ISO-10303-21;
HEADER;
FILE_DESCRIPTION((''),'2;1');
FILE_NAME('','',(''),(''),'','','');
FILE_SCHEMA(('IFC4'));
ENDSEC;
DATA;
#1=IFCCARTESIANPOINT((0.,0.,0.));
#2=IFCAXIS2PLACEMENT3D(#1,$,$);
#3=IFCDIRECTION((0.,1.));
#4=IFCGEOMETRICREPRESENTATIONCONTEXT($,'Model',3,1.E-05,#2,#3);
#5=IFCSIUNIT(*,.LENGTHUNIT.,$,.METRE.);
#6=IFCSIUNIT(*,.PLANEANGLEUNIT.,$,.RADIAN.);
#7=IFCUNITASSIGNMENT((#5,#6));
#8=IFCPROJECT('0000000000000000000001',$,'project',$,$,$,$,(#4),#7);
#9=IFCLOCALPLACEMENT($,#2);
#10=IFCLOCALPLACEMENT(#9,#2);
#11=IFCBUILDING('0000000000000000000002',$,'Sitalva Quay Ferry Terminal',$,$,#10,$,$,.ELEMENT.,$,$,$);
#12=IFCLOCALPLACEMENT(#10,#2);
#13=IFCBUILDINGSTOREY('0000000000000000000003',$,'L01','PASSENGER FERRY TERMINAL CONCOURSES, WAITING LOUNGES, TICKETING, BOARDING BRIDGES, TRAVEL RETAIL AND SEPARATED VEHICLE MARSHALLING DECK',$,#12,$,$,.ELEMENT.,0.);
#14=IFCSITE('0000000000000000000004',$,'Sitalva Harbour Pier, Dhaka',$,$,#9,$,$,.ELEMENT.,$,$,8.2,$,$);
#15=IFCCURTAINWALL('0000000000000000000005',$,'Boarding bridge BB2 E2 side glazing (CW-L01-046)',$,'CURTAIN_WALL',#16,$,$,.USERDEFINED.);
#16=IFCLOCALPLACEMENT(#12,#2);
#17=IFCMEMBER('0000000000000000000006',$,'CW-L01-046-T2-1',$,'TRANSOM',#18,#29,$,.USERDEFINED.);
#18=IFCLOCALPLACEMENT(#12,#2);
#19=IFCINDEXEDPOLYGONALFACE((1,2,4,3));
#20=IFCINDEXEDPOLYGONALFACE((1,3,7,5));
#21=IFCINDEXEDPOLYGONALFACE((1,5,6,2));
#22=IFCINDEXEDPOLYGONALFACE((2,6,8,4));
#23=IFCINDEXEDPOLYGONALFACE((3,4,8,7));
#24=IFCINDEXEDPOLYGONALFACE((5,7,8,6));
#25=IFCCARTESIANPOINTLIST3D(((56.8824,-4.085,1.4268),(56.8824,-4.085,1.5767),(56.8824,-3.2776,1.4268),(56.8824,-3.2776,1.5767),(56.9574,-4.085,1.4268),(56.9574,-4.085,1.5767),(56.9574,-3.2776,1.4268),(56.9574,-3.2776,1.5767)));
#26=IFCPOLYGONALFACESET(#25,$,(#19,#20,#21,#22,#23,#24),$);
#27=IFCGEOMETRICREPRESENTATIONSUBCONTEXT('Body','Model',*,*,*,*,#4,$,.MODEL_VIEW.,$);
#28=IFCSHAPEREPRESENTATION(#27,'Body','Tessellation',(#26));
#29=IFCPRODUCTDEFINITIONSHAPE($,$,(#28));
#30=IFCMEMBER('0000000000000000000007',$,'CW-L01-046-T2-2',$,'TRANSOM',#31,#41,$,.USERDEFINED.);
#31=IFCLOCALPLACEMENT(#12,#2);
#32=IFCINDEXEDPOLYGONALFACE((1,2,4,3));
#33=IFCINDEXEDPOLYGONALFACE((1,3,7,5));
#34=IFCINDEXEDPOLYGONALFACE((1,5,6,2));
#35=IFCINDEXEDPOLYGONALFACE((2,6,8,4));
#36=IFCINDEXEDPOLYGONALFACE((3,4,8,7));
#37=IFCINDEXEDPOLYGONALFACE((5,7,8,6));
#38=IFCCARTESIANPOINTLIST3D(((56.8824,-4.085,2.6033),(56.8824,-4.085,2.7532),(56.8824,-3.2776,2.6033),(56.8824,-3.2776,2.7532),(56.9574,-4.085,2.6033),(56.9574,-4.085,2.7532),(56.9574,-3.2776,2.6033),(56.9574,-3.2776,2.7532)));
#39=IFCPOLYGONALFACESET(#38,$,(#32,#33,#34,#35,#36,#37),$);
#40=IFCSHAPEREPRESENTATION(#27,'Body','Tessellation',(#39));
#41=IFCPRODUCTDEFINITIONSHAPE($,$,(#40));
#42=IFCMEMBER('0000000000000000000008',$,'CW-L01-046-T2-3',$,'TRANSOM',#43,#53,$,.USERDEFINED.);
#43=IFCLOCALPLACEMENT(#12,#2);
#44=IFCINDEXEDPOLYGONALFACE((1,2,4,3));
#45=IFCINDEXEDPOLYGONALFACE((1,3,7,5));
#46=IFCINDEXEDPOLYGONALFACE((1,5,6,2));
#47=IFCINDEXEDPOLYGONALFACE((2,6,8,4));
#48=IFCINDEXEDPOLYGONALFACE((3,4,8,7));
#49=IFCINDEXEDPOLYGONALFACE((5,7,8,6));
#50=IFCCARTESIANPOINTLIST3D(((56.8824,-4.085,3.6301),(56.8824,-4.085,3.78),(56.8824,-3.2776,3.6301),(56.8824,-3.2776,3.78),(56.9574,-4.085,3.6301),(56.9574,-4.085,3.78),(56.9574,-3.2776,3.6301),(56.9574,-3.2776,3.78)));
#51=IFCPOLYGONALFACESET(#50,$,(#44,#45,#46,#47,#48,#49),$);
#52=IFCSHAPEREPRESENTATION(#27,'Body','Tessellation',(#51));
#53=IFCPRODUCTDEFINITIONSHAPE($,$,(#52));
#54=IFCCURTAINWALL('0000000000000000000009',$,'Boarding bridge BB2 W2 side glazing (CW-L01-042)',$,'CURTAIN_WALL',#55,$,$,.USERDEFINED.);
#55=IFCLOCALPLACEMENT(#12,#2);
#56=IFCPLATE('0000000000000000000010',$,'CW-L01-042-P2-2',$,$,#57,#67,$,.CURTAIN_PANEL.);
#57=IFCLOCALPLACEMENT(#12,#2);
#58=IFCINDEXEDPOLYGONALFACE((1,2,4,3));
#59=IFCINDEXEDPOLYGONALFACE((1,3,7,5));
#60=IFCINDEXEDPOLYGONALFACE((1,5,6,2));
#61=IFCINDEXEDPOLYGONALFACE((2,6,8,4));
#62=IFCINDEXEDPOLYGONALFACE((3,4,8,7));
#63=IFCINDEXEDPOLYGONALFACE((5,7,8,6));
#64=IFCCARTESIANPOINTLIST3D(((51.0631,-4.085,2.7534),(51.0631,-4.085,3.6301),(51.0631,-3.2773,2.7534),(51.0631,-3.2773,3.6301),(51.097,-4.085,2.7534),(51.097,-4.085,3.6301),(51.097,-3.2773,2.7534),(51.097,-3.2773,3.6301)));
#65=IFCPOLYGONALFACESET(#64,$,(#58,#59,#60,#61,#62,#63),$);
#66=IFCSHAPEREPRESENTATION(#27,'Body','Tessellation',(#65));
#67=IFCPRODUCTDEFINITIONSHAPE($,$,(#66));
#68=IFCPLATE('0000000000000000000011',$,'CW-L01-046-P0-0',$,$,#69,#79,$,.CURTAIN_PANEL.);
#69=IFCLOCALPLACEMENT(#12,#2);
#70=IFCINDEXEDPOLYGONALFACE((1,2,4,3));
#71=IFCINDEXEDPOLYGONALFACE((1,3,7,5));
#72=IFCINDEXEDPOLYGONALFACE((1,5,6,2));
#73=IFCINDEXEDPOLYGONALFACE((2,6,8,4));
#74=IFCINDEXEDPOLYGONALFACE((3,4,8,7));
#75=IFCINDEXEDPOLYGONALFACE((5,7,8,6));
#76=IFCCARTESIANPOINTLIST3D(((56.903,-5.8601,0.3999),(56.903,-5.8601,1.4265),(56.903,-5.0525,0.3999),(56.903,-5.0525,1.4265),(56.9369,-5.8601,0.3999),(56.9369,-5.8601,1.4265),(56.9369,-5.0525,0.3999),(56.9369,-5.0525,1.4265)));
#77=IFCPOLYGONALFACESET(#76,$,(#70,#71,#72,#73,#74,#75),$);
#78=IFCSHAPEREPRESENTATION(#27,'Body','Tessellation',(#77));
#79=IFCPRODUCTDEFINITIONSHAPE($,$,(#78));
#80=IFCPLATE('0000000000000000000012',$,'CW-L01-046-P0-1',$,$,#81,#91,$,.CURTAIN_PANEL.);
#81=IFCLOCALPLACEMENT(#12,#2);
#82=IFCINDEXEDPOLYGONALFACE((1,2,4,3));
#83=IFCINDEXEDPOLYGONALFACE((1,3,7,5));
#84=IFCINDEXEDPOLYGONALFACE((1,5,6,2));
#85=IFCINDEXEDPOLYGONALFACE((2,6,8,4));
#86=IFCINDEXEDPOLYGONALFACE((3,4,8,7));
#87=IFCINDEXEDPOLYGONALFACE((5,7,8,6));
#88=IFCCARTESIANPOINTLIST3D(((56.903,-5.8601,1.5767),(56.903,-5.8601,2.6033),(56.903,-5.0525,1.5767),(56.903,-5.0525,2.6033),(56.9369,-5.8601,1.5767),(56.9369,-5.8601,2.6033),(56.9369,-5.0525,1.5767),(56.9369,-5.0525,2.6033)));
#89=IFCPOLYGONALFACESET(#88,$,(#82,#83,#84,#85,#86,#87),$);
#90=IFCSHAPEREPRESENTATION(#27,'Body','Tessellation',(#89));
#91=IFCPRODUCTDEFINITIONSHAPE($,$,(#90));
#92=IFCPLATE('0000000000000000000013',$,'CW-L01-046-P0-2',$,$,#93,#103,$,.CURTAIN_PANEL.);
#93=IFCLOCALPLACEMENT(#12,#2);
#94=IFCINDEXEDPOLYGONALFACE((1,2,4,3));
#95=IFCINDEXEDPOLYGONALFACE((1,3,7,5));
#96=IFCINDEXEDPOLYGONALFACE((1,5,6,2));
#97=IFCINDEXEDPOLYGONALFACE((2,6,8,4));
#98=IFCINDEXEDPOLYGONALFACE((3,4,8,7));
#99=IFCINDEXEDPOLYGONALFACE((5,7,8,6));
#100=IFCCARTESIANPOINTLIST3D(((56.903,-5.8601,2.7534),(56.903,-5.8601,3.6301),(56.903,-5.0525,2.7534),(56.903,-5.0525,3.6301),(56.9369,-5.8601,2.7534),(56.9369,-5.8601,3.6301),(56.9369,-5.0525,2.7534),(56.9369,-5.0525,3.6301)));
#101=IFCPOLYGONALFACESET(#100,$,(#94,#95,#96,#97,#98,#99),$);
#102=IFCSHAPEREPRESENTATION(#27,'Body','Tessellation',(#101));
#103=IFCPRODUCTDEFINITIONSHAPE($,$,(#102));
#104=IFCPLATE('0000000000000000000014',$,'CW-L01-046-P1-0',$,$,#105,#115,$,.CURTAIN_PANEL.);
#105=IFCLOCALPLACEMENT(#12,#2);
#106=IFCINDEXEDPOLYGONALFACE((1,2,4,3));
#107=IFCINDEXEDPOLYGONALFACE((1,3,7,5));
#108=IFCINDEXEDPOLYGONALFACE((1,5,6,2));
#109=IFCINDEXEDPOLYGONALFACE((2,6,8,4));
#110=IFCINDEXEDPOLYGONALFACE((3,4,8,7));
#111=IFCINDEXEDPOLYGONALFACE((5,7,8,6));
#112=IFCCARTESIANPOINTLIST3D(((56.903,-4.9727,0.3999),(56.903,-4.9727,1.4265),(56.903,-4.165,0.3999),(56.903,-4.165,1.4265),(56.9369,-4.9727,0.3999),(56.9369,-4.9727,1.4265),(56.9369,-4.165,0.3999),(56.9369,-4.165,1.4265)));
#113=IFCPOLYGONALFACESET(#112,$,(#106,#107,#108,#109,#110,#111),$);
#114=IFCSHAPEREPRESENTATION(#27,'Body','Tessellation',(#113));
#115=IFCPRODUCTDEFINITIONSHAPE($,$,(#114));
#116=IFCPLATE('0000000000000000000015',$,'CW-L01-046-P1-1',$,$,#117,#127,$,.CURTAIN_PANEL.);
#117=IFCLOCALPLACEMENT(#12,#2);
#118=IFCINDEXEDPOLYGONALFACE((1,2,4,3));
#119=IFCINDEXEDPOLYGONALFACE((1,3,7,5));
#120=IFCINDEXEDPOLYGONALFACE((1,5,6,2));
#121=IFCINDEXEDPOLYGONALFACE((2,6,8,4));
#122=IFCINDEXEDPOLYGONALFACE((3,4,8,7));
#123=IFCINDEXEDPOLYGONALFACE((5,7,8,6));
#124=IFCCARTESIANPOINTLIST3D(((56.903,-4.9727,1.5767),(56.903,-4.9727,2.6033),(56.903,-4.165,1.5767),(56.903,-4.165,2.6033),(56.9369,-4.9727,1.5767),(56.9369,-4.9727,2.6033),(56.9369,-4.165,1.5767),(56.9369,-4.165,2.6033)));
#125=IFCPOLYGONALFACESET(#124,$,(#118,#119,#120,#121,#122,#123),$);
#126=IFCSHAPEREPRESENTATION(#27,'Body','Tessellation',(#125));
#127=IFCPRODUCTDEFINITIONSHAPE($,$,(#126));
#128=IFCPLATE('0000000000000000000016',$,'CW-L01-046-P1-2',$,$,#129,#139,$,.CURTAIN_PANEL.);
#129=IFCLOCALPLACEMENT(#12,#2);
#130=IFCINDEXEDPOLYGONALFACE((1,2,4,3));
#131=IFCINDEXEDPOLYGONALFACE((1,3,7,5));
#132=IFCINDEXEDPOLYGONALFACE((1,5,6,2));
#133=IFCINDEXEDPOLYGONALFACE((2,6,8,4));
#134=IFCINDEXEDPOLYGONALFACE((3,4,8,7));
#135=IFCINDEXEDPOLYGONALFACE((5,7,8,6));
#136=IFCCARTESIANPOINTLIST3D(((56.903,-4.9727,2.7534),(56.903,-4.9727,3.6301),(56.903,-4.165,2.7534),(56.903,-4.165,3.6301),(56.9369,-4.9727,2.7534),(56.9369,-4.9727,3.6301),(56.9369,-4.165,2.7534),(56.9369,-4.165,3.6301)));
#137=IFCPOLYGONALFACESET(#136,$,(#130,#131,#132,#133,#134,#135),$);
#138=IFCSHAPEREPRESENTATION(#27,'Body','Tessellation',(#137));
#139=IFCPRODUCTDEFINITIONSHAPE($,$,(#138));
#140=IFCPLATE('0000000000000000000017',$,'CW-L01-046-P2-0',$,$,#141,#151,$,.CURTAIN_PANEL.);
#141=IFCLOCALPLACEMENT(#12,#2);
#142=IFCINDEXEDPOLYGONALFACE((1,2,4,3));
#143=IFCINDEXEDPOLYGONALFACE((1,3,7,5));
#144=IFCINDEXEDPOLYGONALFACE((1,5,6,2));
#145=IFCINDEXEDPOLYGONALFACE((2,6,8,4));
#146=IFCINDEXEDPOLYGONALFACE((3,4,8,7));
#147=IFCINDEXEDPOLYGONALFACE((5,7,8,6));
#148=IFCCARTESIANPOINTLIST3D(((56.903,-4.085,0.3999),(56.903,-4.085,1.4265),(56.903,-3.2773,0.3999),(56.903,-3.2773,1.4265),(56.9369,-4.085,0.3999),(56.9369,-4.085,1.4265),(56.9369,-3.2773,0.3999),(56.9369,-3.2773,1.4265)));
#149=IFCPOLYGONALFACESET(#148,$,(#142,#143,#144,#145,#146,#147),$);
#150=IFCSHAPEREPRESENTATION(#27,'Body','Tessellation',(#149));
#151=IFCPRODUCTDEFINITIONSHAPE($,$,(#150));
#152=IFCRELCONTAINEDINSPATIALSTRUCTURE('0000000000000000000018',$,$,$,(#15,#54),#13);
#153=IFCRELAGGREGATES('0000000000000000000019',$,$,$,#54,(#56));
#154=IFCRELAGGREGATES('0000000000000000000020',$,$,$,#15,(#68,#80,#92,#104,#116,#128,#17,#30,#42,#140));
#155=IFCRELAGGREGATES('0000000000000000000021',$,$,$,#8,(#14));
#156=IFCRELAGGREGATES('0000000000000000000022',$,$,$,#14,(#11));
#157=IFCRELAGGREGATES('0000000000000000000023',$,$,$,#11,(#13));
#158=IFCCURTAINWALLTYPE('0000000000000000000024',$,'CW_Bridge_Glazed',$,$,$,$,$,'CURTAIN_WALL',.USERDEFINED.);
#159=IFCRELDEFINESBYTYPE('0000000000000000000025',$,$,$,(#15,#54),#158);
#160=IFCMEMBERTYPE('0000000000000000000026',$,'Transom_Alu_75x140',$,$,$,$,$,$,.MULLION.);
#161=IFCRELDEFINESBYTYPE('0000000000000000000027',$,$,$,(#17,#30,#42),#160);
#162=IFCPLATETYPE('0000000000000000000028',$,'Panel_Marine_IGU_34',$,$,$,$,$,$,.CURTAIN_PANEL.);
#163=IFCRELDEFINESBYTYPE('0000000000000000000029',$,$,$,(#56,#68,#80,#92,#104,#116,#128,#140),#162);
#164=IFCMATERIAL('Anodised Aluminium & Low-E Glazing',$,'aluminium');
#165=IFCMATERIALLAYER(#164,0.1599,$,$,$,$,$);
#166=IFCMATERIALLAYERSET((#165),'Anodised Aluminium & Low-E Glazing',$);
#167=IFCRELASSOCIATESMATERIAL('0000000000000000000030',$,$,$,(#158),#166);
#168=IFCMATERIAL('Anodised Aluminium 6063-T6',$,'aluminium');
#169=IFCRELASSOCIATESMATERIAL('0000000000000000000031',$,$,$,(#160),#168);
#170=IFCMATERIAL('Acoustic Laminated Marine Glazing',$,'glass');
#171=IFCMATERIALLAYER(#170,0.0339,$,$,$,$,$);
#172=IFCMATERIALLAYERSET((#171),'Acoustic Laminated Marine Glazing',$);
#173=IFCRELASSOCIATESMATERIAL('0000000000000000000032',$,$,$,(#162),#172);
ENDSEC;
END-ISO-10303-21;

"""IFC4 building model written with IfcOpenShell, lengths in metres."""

from ifc_helpers import new_model, si_unit, direction, frame, origin, origin_2d, place, context, subcontext, project, spatial, rectangle, extrude, material, layer, layer_set, material_profile, profile_set, type_object, element, aggregate, save


model = new_model("IFC4")

# Units and contexts
model_context = context("Model", 3, precision=1e-05, world=origin(), true_north=direction((0.0, 1.0)))
body_context = subcontext(model_context, "Body", "Model", "MODEL_VIEW")
ifc_project = project(units=[si_unit("LENGTHUNIT", "METRE"), si_unit("PLANEANGLEUNIT", "RADIAN")], contexts=[model_context])

# Site, building, storey
site_placement = place(None, origin())
site = spatial("IfcSite", under=ifc_project, at=site_placement, Name="Sitalva Harbour Pier, Dhaka", CompositionType="ELEMENT", RefElevation=8.2)
building_placement = place(site_placement, origin())
building = spatial("IfcBuilding", under=site, at=building_placement, Name="Sitalva Quay Ferry Terminal", CompositionType="ELEMENT")
storey_placement = place(building_placement, origin())
storey = spatial("IfcBuildingStorey", under=building, at=storey_placement, Name="L01", Description="PASSENGER FERRY TERMINAL CONCOURSES, WAITING LOUNGES, TICKETING, BOARDING BRIDGES, TRAVEL RETAIL AND SEPARATED VEHICLE MARSHALLING DECK", CompositionType="ELEMENT", Elevation=0.0)

# Curtain wall, members
ifc_material_1 = material(Name="Anodised Aluminium & Low-E Glazing", Category="aluminium")
ifc_layer_1 = layer(ifc_material_1, 0.1599)
ifc_layer_set_1 = layer_set([ifc_layer_1], Name="Anodised Aluminium & Low-E Glazing")
curtain_wall_type = type_object("IfcCurtainWallType", Name="CW_Bridge_Glazed", ElementType="CURTAIN_WALL", PredefinedType="USERDEFINED", material=ifc_layer_set_1)
curtain_wall_1_placement = place(storey_placement, origin())
curtain_wall_1 = element("IfcCurtainWall", 1, at=curtain_wall_1_placement, inside=storey, type_object=curtain_wall_type, Name="Boarding bridge BB2 E2 side glazing (CW-L01-046)", ObjectType="CURTAIN_WALL", PredefinedType="USERDEFINED")
ifc_material_2 = material(Name="Anodised Aluminium 6063-T6", Category="aluminium")
ifc_material_profile_1 = material_profile(ifc_material_2, rectangle(XDim=0.075, YDim=0.1499, at=origin_2d()), Name="ALU75x150")
ifc_profile_set_1 = profile_set([ifc_material_profile_1], Name="Anodised Aluminium 6063-T6")
member_type_1 = type_object("IfcMemberType", Name="Transom_Alu_75x140", PredefinedType="MULLION", material=ifc_profile_set_1)
member_1_placement = place(storey_placement, frame((56.9199, -4.085, 1.5017), z_axis=(0.0, 1.0, 0.0), x_axis=(-1.0, 0.0, 0.0)))
member_1 = element("IfcMember", 2, at=member_1_placement, type_object=member_type_1, Name="CW-L01-046-T2-1", ObjectType="TRANSOM", PredefinedType="USERDEFINED", context=body_context, shape_type="SweptSolid", body=[
    extrude(rectangle(XDim=0.075, YDim=0.1499, at=origin_2d()), origin(), (0.0, 0.0, 1.0), 0.8074),
])
member_2_placement = place(storey_placement, frame((56.9199, -4.085, 2.6782), z_axis=(0.0, 1.0, 0.0), x_axis=(-1.0, 0.0, 0.0)))
member_2 = element("IfcMember", 3, at=member_2_placement, type_object=member_type_1, Name="CW-L01-046-T2-2", ObjectType="TRANSOM", PredefinedType="USERDEFINED", context=body_context, shape_type="SweptSolid", body=[
    extrude(rectangle(XDim=0.075, YDim=0.1499, at=origin_2d()), origin(), (0.0, 0.0, 1.0), 0.8074),
])
member_3_placement = place(storey_placement, frame((56.9199, -4.085, 3.7051), z_axis=(0.0, 1.0, 0.0), x_axis=(-1.0, 0.0, 0.0)))
member_3 = element("IfcMember", 4, at=member_3_placement, type_object=member_type_1, Name="CW-L01-046-T2-3", ObjectType="TRANSOM", PredefinedType="USERDEFINED", context=body_context, shape_type="SweptSolid", body=[
    extrude(rectangle(XDim=0.075, YDim=0.1499, at=origin_2d()), origin(), (0.0, 0.0, 1.0), 0.8074),
])

# Curtain wall, plate
curtain_wall_2_placement = place(storey_placement, origin())
curtain_wall_2 = element("IfcCurtainWall", 5, at=curtain_wall_2_placement, inside=storey, type_object=curtain_wall_type, Name="Boarding bridge BB2 W2 side glazing (CW-L01-042)", ObjectType="CURTAIN_WALL", PredefinedType="USERDEFINED")
ifc_material_3 = material(Name="Acoustic Laminated Marine Glazing", Category="glass")
ifc_layer_2 = layer(ifc_material_3, 0.0339)
ifc_layer_set_2 = layer_set([ifc_layer_2], Name="Acoustic Laminated Marine Glazing")
plate_type = type_object("IfcPlateType", Name="Panel_Marine_IGU_34", PredefinedType="CURTAIN_PANEL", material=ifc_layer_set_2)
plate_1_placement = place(storey_placement, frame((51.0801, -3.6812, 2.7534), z_axis=(0.0, 0.0, 1.0), x_axis=(0.0, 1.0, 0.0)))
plate_1 = element("IfcPlate", 6, at=plate_1_placement, type_object=plate_type, Name="CW-L01-042-P2-2", PredefinedType="CURTAIN_PANEL", context=body_context, shape_type="SweptSolid", body=[
    extrude(rectangle(XDim=0.8076, YDim=0.0339, at=origin_2d()), origin(), (0.0, 0.0, 1.0), 0.8767),
])
aggregate(curtain_wall_2, [plate_1])

# Plates
plate_2_placement = place(storey_placement, frame((56.9199, -5.4563, 0.3999), z_axis=(0.0, 0.0, 1.0), x_axis=(0.0, 1.0, 0.0)))
plate_2 = element("IfcPlate", 7, at=plate_2_placement, type_object=plate_type, Name="CW-L01-046-P0-0", PredefinedType="CURTAIN_PANEL", context=body_context, shape_type="SweptSolid", body=[
    extrude(rectangle(XDim=0.8076, YDim=0.0339, at=origin_2d()), origin(), (0.0, 0.0, 1.0), 1.0266),
])
plate_3_placement = place(storey_placement, frame((56.9199, -5.4563, 1.5767), z_axis=(0.0, 0.0, 1.0), x_axis=(0.0, 1.0, 0.0)))
plate_3 = element("IfcPlate", 8, at=plate_3_placement, type_object=plate_type, Name="CW-L01-046-P0-1", PredefinedType="CURTAIN_PANEL", context=body_context, shape_type="SweptSolid", body=[
    extrude(rectangle(XDim=0.8076, YDim=0.0339, at=origin_2d()), origin(), (0.0, 0.0, 1.0), 1.0266),
])
plate_4_placement = place(storey_placement, frame((56.9199, -5.4563, 2.7534), z_axis=(0.0, 0.0, 1.0), x_axis=(0.0, 1.0, 0.0)))
plate_4 = element("IfcPlate", 9, at=plate_4_placement, type_object=plate_type, Name="CW-L01-046-P0-2", PredefinedType="CURTAIN_PANEL", context=body_context, shape_type="SweptSolid", body=[
    extrude(rectangle(XDim=0.8076, YDim=0.0339, at=origin_2d()), origin(), (0.0, 0.0, 1.0), 0.8767),
])
plate_5_placement = place(storey_placement, frame((56.9199, -4.5688, 0.3999), z_axis=(0.0, 0.0, 1.0), x_axis=(0.0, 1.0, 0.0)))
plate_5 = element("IfcPlate", 10, at=plate_5_placement, type_object=plate_type, Name="CW-L01-046-P1-0", PredefinedType="CURTAIN_PANEL", context=body_context, shape_type="SweptSolid", body=[
    extrude(rectangle(XDim=0.8076, YDim=0.0339, at=origin_2d()), origin(), (0.0, 0.0, 1.0), 1.0266),
])
plate_6_placement = place(storey_placement, frame((56.9199, -4.5688, 1.5767), z_axis=(0.0, 0.0, 1.0), x_axis=(0.0, 1.0, 0.0)))
plate_6 = element("IfcPlate", 11, at=plate_6_placement, type_object=plate_type, Name="CW-L01-046-P1-1", PredefinedType="CURTAIN_PANEL", context=body_context, shape_type="SweptSolid", body=[
    extrude(rectangle(XDim=0.8076, YDim=0.0339, at=origin_2d()), origin(), (0.0, 0.0, 1.0), 1.0266),
])
plate_7_placement = place(storey_placement, frame((56.9199, -4.5688, 2.7534), z_axis=(0.0, 0.0, 1.0), x_axis=(0.0, 1.0, 0.0)))
plate_7 = element("IfcPlate", 12, at=plate_7_placement, type_object=plate_type, Name="CW-L01-046-P1-2", PredefinedType="CURTAIN_PANEL", context=body_context, shape_type="SweptSolid", body=[
    extrude(rectangle(XDim=0.8076, YDim=0.0339, at=origin_2d()), origin(), (0.0, 0.0, 1.0), 0.8767),
])
plate_8_placement = place(storey_placement, frame((56.9199, -3.6812, 0.3999), z_axis=(0.0, 0.0, 1.0), x_axis=(0.0, 1.0, 0.0)))
plate_8 = element("IfcPlate", 13, at=plate_8_placement, type_object=plate_type, Name="CW-L01-046-P2-0", PredefinedType="CURTAIN_PANEL", context=body_context, shape_type="SweptSolid", body=[
    extrude(rectangle(XDim=0.8076, YDim=0.0339, at=origin_2d()), origin(), (0.0, 0.0, 1.0), 1.0266),
])
aggregate(curtain_wall_1, [plate_2, plate_3, plate_4, plate_5, plate_6, plate_7, member_1, member_2, member_3, plate_8])

save(model, "model.ifc")
